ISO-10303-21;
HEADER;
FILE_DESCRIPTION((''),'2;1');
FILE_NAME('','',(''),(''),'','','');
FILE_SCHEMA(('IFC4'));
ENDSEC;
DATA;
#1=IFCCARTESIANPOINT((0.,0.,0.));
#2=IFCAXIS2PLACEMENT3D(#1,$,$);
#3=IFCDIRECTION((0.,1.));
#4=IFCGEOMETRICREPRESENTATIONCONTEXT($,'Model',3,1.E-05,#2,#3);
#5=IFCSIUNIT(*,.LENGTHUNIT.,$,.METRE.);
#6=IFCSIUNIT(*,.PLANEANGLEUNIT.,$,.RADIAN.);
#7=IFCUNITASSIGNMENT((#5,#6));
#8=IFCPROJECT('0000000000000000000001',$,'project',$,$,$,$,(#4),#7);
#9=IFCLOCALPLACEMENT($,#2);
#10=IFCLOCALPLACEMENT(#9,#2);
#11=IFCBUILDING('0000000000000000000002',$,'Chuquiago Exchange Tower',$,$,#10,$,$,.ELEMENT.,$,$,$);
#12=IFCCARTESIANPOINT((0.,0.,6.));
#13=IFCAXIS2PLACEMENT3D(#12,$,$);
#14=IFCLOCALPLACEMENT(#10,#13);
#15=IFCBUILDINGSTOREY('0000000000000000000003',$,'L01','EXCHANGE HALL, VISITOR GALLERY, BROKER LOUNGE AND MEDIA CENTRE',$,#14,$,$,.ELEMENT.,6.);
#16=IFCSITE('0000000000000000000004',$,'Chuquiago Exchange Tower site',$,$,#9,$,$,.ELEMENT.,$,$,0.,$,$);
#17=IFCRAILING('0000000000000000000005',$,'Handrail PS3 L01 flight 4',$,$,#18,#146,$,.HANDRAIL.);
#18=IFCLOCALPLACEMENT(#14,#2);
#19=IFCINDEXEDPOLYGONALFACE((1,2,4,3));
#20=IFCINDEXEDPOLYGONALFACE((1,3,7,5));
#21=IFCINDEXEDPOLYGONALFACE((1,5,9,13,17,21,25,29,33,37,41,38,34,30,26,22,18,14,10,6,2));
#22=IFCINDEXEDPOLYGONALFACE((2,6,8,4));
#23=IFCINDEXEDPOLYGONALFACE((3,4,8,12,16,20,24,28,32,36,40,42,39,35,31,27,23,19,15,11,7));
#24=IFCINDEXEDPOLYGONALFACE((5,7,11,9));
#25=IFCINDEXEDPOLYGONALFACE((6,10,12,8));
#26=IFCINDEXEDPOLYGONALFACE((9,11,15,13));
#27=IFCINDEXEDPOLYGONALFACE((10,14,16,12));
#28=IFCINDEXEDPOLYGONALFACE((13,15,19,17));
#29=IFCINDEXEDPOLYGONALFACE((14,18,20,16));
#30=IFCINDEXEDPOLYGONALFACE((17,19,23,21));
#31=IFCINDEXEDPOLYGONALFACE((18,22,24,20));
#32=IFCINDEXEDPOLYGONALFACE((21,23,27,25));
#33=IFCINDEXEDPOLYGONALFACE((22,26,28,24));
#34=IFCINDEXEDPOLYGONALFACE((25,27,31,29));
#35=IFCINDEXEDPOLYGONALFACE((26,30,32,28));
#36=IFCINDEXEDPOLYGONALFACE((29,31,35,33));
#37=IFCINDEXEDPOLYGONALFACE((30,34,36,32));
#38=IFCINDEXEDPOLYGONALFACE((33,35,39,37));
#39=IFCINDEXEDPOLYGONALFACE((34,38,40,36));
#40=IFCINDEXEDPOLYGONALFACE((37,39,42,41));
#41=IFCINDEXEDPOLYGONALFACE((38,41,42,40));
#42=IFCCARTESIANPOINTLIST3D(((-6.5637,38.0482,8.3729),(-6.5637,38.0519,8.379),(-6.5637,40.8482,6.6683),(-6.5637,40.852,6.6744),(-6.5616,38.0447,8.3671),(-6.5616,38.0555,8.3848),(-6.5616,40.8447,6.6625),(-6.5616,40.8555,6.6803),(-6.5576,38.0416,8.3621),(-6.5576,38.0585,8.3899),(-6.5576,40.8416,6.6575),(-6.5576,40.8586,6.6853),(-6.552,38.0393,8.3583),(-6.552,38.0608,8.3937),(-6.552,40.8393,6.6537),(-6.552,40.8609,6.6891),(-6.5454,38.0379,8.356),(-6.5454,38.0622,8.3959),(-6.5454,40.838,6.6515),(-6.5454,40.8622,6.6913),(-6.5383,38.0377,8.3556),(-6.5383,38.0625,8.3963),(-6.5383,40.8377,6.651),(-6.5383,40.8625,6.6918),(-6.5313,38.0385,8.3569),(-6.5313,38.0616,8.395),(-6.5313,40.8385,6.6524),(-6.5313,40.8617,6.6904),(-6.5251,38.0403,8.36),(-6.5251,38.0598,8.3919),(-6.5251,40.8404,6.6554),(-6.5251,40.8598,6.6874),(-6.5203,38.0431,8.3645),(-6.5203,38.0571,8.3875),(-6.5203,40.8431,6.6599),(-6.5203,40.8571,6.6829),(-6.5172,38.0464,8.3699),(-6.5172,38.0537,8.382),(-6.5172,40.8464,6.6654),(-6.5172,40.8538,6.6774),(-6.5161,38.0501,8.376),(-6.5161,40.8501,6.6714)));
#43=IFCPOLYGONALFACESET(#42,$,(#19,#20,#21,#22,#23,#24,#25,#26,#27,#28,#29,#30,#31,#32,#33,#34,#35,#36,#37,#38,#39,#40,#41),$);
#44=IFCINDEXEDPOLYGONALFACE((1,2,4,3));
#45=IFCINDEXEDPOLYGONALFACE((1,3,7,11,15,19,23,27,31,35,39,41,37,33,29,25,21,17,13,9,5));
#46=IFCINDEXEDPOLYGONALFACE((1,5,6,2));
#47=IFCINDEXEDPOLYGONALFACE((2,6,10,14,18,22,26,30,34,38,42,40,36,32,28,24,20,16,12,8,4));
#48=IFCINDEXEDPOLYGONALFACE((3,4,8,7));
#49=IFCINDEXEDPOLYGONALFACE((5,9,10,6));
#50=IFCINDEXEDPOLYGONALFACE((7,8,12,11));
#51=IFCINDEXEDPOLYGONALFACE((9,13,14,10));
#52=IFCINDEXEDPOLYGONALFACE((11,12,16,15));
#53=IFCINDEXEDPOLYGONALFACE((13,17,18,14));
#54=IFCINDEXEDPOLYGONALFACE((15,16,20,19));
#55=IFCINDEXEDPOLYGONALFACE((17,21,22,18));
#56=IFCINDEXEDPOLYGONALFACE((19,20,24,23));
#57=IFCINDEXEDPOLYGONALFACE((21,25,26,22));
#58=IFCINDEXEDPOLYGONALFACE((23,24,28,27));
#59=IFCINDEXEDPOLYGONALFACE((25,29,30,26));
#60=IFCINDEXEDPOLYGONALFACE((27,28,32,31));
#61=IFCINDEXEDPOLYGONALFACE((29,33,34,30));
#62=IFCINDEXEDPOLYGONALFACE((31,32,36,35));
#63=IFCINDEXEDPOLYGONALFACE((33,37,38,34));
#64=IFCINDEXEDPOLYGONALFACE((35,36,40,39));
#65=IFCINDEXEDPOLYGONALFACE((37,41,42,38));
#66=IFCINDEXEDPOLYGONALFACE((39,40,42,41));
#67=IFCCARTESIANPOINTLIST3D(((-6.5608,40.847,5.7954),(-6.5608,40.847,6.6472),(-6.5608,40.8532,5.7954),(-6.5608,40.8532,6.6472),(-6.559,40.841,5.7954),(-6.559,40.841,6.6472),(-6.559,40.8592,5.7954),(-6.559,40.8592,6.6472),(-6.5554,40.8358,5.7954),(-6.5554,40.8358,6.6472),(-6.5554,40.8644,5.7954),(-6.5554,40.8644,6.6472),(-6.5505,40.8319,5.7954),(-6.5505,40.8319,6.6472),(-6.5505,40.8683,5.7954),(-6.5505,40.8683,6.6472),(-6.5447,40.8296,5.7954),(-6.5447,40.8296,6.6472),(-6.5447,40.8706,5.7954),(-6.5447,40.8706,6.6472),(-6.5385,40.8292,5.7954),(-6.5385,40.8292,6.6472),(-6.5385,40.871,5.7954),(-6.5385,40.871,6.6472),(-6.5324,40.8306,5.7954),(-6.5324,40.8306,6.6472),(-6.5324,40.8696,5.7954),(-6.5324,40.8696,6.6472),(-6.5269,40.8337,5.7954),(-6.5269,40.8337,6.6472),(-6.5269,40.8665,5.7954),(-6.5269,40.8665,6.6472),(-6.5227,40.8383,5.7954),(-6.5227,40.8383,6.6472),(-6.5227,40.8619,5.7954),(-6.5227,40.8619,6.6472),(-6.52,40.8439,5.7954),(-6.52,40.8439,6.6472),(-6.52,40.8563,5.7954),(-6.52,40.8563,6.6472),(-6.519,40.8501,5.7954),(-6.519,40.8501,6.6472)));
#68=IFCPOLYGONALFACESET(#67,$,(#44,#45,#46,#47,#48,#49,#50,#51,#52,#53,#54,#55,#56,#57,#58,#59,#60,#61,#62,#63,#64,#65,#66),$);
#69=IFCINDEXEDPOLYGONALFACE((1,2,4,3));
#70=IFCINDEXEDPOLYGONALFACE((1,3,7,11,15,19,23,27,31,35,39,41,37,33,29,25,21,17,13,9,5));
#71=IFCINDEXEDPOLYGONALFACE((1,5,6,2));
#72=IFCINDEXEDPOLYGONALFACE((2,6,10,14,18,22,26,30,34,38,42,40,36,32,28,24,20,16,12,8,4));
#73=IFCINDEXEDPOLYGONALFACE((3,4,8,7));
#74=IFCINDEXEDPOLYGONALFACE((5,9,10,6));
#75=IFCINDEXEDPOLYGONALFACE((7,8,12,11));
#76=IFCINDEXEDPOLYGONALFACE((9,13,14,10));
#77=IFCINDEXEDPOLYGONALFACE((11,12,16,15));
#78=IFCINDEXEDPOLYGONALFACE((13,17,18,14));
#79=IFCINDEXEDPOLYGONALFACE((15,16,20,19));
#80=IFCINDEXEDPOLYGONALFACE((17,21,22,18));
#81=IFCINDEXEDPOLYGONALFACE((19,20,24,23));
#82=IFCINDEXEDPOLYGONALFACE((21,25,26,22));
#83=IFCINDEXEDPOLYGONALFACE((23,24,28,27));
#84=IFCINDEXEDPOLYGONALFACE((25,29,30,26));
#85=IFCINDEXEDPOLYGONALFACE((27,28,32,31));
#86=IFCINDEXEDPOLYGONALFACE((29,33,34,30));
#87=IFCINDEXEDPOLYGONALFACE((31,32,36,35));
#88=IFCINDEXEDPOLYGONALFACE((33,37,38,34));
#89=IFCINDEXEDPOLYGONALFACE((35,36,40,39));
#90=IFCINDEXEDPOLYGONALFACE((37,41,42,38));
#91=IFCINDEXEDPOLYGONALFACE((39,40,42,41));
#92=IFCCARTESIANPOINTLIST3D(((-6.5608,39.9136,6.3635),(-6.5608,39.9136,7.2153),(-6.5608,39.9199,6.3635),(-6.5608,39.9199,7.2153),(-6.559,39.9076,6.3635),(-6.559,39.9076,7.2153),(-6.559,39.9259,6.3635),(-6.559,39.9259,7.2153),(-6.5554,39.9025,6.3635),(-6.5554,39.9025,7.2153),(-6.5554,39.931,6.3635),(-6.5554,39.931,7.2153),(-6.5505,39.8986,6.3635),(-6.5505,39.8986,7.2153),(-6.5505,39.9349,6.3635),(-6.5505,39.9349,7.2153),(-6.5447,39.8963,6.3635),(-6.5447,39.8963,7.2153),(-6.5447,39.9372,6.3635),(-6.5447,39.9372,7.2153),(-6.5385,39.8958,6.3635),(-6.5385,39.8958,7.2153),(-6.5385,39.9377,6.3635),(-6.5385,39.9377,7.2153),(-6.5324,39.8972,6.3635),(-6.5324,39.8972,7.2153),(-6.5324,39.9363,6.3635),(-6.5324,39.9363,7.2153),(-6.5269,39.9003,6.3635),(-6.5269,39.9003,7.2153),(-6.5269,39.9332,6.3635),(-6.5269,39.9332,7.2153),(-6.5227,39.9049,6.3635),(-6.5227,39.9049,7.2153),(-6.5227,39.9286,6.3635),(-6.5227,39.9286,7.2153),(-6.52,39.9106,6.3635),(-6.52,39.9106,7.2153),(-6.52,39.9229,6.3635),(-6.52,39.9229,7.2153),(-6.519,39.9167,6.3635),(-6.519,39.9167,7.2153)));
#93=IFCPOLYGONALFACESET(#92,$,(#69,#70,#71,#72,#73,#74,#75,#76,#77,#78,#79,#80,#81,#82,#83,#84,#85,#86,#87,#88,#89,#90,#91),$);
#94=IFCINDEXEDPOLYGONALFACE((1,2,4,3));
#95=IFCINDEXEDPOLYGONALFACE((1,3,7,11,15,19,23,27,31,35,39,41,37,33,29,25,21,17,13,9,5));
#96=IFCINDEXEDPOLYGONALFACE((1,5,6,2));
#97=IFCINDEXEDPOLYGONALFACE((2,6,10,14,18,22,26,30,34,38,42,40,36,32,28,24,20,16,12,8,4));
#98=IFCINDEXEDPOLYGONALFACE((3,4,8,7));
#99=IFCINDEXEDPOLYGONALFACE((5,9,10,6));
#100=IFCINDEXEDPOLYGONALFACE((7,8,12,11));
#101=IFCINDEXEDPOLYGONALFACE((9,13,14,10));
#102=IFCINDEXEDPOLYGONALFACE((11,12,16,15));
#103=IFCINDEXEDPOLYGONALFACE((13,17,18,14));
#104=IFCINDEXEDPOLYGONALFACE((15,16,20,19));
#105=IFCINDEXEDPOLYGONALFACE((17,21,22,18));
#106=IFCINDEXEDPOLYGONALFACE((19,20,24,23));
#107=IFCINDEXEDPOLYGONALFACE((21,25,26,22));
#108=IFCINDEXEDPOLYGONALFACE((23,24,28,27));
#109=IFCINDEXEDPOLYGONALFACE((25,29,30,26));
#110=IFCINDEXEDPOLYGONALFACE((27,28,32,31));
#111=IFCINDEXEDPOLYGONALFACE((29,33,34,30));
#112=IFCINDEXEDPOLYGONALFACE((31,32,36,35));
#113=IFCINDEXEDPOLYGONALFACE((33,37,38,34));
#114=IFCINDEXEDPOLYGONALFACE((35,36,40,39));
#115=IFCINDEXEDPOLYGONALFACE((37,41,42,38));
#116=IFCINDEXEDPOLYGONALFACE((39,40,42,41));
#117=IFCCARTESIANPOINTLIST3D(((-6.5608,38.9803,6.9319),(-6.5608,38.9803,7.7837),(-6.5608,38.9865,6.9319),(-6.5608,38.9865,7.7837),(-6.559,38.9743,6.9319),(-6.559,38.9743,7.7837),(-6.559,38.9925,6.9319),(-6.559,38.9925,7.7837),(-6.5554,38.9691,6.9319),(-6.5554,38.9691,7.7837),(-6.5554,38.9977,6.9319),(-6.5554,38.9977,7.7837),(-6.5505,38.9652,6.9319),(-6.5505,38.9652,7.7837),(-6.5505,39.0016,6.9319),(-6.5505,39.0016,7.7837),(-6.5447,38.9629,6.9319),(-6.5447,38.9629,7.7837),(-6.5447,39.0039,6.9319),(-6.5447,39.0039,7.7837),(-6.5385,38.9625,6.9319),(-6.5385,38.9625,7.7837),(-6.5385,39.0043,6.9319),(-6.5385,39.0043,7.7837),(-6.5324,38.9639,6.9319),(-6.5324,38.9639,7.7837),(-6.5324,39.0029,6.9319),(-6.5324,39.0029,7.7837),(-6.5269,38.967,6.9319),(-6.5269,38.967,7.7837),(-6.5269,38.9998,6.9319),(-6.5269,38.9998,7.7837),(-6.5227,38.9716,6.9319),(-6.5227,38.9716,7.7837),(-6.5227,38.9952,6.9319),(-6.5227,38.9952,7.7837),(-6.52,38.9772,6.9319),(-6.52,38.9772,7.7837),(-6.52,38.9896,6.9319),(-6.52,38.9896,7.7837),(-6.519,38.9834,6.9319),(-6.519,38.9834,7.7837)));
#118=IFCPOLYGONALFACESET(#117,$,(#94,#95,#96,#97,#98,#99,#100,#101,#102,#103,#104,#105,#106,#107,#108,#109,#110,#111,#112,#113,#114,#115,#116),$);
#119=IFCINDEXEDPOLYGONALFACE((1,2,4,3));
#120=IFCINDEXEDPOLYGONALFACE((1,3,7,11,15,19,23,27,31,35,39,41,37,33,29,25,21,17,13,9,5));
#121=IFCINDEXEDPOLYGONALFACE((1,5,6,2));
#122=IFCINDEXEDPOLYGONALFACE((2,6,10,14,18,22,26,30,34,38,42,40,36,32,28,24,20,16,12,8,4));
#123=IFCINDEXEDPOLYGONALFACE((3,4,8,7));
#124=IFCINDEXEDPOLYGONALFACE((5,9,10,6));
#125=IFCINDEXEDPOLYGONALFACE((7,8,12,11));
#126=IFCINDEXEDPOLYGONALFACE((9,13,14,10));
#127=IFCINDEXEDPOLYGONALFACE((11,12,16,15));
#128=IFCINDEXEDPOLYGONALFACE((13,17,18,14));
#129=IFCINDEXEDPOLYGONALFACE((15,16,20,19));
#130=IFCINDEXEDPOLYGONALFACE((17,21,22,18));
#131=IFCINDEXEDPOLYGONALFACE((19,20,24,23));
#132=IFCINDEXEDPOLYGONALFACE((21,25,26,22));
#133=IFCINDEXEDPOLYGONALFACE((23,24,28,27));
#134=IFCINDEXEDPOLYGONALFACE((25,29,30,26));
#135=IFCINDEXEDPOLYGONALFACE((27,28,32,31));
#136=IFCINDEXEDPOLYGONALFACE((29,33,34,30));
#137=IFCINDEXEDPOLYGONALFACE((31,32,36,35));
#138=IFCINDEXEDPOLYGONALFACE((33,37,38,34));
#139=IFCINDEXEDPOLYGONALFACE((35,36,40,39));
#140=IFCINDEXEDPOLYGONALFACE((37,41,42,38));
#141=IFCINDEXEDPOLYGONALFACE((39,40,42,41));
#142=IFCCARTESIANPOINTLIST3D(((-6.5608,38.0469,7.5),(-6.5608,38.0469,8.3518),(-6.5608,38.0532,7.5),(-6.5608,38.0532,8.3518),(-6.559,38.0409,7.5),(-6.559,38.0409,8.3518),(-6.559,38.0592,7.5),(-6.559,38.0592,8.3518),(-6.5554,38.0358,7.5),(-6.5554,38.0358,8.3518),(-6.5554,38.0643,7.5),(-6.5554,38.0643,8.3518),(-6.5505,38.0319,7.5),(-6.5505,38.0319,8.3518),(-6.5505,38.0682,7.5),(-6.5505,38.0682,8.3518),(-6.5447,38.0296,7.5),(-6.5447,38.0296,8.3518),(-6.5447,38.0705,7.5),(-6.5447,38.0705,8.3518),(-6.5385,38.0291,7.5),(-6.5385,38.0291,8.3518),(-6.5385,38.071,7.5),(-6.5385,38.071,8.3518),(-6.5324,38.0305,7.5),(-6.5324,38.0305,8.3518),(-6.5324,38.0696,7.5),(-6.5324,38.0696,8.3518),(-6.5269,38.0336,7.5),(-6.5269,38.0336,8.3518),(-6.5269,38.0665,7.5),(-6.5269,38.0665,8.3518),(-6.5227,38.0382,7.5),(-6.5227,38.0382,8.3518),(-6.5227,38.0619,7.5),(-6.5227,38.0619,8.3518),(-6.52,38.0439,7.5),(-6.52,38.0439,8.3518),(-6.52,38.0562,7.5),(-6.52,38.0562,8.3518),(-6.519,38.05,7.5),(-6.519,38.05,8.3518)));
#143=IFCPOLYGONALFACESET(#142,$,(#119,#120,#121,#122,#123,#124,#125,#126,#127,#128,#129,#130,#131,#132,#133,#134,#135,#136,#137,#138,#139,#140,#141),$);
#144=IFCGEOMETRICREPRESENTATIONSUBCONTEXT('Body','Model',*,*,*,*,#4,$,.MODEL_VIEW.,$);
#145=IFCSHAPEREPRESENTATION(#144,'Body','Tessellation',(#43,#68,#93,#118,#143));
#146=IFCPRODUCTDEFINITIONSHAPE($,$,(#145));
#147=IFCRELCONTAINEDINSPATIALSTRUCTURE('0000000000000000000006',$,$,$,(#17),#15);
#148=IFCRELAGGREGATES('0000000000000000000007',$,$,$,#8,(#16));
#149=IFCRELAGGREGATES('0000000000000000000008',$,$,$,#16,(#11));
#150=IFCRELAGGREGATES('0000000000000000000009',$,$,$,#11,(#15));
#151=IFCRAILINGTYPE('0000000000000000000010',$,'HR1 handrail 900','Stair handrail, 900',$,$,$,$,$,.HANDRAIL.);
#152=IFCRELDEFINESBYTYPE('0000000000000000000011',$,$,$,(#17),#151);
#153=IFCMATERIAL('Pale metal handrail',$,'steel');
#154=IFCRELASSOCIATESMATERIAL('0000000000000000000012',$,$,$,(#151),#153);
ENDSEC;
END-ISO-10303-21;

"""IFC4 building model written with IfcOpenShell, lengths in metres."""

from ifc_helpers import new_model, si_unit, direction, frame, origin, origin_2d, place, context, subcontext, project, spatial, circle, extrude, material, type_object, element, save


model = new_model("IFC4")

# Units and contexts
model_context = context("Model", 3, precision=1e-05, world=origin(), true_north=direction((0.0, 1.0)))
body_context = subcontext(model_context, "Body", "Model", "MODEL_VIEW")
ifc_project = project(units=[si_unit("LENGTHUNIT", "METRE"), si_unit("PLANEANGLEUNIT", "RADIAN")], contexts=[model_context])

# Site, building, storey
site_placement = place(None, origin())
site = spatial("IfcSite", under=ifc_project, at=site_placement, Name="Chuquiago Exchange Tower site", CompositionType="ELEMENT", RefElevation=0.0)
building_placement = place(site_placement, origin())
building = spatial("IfcBuilding", under=site, at=building_placement, Name="Chuquiago Exchange Tower", CompositionType="ELEMENT")
storey_placement = place(building_placement, frame((0.0, 0.0, 6.0)))
storey = spatial("IfcBuildingStorey", under=building, at=storey_placement, Name="L01", Description="EXCHANGE HALL, VISITOR GALLERY, BROKER LOUNGE AND MEDIA CENTRE", CompositionType="ELEMENT", Elevation=6.0)

# Railing
ifc_material_1 = material(Name="Pale metal handrail", Category="steel")
railing_type = type_object("IfcRailingType", Name="HR1 handrail 900", Description="Stair handrail, 900", PredefinedType="HANDRAIL", material=ifc_material_1)
for number, where, name in (
    (1, (-6.54, 40.8501, 5.7954), "Handrail PS3 L01 flight 4"),
):
    element("IfcRailing", number, at=place(storey_placement, frame(where)), inside=storey, type_object=railing_type, Name=name, PredefinedType="HANDRAIL", context=body_context, shape_type="SweptSolid", body=[
        extrude(circle(Radius=0.0239, at=origin_2d()), frame((0.0, 0.0, 0.876), z_axis=(0.0, -0.85417, 0.519994), x_axis=(1.0, 0.0, 0.0)), (0.0, 0.0, 1.0), 3.2781),
        extrude(circle(Radius=0.021, at=origin_2d()), origin(), (0.0, 0.0, 1.0), 0.8518),
        extrude(circle(Radius=0.021, at=origin_2d()), frame((0.0, -0.9333, 0.5681)), (0.0, 0.0, 1.0), 0.8518),
        extrude(circle(Radius=0.021, at=origin_2d()), frame((0.0, -1.8667, 1.1365)), (0.0, 0.0, 1.0), 0.8518),
        extrude(circle(Radius=0.021, at=origin_2d()), frame((0.0, -2.8, 1.7046)), (0.0, 0.0, 1.0), 0.8518),
    ])

save(model, "model.ifc")
